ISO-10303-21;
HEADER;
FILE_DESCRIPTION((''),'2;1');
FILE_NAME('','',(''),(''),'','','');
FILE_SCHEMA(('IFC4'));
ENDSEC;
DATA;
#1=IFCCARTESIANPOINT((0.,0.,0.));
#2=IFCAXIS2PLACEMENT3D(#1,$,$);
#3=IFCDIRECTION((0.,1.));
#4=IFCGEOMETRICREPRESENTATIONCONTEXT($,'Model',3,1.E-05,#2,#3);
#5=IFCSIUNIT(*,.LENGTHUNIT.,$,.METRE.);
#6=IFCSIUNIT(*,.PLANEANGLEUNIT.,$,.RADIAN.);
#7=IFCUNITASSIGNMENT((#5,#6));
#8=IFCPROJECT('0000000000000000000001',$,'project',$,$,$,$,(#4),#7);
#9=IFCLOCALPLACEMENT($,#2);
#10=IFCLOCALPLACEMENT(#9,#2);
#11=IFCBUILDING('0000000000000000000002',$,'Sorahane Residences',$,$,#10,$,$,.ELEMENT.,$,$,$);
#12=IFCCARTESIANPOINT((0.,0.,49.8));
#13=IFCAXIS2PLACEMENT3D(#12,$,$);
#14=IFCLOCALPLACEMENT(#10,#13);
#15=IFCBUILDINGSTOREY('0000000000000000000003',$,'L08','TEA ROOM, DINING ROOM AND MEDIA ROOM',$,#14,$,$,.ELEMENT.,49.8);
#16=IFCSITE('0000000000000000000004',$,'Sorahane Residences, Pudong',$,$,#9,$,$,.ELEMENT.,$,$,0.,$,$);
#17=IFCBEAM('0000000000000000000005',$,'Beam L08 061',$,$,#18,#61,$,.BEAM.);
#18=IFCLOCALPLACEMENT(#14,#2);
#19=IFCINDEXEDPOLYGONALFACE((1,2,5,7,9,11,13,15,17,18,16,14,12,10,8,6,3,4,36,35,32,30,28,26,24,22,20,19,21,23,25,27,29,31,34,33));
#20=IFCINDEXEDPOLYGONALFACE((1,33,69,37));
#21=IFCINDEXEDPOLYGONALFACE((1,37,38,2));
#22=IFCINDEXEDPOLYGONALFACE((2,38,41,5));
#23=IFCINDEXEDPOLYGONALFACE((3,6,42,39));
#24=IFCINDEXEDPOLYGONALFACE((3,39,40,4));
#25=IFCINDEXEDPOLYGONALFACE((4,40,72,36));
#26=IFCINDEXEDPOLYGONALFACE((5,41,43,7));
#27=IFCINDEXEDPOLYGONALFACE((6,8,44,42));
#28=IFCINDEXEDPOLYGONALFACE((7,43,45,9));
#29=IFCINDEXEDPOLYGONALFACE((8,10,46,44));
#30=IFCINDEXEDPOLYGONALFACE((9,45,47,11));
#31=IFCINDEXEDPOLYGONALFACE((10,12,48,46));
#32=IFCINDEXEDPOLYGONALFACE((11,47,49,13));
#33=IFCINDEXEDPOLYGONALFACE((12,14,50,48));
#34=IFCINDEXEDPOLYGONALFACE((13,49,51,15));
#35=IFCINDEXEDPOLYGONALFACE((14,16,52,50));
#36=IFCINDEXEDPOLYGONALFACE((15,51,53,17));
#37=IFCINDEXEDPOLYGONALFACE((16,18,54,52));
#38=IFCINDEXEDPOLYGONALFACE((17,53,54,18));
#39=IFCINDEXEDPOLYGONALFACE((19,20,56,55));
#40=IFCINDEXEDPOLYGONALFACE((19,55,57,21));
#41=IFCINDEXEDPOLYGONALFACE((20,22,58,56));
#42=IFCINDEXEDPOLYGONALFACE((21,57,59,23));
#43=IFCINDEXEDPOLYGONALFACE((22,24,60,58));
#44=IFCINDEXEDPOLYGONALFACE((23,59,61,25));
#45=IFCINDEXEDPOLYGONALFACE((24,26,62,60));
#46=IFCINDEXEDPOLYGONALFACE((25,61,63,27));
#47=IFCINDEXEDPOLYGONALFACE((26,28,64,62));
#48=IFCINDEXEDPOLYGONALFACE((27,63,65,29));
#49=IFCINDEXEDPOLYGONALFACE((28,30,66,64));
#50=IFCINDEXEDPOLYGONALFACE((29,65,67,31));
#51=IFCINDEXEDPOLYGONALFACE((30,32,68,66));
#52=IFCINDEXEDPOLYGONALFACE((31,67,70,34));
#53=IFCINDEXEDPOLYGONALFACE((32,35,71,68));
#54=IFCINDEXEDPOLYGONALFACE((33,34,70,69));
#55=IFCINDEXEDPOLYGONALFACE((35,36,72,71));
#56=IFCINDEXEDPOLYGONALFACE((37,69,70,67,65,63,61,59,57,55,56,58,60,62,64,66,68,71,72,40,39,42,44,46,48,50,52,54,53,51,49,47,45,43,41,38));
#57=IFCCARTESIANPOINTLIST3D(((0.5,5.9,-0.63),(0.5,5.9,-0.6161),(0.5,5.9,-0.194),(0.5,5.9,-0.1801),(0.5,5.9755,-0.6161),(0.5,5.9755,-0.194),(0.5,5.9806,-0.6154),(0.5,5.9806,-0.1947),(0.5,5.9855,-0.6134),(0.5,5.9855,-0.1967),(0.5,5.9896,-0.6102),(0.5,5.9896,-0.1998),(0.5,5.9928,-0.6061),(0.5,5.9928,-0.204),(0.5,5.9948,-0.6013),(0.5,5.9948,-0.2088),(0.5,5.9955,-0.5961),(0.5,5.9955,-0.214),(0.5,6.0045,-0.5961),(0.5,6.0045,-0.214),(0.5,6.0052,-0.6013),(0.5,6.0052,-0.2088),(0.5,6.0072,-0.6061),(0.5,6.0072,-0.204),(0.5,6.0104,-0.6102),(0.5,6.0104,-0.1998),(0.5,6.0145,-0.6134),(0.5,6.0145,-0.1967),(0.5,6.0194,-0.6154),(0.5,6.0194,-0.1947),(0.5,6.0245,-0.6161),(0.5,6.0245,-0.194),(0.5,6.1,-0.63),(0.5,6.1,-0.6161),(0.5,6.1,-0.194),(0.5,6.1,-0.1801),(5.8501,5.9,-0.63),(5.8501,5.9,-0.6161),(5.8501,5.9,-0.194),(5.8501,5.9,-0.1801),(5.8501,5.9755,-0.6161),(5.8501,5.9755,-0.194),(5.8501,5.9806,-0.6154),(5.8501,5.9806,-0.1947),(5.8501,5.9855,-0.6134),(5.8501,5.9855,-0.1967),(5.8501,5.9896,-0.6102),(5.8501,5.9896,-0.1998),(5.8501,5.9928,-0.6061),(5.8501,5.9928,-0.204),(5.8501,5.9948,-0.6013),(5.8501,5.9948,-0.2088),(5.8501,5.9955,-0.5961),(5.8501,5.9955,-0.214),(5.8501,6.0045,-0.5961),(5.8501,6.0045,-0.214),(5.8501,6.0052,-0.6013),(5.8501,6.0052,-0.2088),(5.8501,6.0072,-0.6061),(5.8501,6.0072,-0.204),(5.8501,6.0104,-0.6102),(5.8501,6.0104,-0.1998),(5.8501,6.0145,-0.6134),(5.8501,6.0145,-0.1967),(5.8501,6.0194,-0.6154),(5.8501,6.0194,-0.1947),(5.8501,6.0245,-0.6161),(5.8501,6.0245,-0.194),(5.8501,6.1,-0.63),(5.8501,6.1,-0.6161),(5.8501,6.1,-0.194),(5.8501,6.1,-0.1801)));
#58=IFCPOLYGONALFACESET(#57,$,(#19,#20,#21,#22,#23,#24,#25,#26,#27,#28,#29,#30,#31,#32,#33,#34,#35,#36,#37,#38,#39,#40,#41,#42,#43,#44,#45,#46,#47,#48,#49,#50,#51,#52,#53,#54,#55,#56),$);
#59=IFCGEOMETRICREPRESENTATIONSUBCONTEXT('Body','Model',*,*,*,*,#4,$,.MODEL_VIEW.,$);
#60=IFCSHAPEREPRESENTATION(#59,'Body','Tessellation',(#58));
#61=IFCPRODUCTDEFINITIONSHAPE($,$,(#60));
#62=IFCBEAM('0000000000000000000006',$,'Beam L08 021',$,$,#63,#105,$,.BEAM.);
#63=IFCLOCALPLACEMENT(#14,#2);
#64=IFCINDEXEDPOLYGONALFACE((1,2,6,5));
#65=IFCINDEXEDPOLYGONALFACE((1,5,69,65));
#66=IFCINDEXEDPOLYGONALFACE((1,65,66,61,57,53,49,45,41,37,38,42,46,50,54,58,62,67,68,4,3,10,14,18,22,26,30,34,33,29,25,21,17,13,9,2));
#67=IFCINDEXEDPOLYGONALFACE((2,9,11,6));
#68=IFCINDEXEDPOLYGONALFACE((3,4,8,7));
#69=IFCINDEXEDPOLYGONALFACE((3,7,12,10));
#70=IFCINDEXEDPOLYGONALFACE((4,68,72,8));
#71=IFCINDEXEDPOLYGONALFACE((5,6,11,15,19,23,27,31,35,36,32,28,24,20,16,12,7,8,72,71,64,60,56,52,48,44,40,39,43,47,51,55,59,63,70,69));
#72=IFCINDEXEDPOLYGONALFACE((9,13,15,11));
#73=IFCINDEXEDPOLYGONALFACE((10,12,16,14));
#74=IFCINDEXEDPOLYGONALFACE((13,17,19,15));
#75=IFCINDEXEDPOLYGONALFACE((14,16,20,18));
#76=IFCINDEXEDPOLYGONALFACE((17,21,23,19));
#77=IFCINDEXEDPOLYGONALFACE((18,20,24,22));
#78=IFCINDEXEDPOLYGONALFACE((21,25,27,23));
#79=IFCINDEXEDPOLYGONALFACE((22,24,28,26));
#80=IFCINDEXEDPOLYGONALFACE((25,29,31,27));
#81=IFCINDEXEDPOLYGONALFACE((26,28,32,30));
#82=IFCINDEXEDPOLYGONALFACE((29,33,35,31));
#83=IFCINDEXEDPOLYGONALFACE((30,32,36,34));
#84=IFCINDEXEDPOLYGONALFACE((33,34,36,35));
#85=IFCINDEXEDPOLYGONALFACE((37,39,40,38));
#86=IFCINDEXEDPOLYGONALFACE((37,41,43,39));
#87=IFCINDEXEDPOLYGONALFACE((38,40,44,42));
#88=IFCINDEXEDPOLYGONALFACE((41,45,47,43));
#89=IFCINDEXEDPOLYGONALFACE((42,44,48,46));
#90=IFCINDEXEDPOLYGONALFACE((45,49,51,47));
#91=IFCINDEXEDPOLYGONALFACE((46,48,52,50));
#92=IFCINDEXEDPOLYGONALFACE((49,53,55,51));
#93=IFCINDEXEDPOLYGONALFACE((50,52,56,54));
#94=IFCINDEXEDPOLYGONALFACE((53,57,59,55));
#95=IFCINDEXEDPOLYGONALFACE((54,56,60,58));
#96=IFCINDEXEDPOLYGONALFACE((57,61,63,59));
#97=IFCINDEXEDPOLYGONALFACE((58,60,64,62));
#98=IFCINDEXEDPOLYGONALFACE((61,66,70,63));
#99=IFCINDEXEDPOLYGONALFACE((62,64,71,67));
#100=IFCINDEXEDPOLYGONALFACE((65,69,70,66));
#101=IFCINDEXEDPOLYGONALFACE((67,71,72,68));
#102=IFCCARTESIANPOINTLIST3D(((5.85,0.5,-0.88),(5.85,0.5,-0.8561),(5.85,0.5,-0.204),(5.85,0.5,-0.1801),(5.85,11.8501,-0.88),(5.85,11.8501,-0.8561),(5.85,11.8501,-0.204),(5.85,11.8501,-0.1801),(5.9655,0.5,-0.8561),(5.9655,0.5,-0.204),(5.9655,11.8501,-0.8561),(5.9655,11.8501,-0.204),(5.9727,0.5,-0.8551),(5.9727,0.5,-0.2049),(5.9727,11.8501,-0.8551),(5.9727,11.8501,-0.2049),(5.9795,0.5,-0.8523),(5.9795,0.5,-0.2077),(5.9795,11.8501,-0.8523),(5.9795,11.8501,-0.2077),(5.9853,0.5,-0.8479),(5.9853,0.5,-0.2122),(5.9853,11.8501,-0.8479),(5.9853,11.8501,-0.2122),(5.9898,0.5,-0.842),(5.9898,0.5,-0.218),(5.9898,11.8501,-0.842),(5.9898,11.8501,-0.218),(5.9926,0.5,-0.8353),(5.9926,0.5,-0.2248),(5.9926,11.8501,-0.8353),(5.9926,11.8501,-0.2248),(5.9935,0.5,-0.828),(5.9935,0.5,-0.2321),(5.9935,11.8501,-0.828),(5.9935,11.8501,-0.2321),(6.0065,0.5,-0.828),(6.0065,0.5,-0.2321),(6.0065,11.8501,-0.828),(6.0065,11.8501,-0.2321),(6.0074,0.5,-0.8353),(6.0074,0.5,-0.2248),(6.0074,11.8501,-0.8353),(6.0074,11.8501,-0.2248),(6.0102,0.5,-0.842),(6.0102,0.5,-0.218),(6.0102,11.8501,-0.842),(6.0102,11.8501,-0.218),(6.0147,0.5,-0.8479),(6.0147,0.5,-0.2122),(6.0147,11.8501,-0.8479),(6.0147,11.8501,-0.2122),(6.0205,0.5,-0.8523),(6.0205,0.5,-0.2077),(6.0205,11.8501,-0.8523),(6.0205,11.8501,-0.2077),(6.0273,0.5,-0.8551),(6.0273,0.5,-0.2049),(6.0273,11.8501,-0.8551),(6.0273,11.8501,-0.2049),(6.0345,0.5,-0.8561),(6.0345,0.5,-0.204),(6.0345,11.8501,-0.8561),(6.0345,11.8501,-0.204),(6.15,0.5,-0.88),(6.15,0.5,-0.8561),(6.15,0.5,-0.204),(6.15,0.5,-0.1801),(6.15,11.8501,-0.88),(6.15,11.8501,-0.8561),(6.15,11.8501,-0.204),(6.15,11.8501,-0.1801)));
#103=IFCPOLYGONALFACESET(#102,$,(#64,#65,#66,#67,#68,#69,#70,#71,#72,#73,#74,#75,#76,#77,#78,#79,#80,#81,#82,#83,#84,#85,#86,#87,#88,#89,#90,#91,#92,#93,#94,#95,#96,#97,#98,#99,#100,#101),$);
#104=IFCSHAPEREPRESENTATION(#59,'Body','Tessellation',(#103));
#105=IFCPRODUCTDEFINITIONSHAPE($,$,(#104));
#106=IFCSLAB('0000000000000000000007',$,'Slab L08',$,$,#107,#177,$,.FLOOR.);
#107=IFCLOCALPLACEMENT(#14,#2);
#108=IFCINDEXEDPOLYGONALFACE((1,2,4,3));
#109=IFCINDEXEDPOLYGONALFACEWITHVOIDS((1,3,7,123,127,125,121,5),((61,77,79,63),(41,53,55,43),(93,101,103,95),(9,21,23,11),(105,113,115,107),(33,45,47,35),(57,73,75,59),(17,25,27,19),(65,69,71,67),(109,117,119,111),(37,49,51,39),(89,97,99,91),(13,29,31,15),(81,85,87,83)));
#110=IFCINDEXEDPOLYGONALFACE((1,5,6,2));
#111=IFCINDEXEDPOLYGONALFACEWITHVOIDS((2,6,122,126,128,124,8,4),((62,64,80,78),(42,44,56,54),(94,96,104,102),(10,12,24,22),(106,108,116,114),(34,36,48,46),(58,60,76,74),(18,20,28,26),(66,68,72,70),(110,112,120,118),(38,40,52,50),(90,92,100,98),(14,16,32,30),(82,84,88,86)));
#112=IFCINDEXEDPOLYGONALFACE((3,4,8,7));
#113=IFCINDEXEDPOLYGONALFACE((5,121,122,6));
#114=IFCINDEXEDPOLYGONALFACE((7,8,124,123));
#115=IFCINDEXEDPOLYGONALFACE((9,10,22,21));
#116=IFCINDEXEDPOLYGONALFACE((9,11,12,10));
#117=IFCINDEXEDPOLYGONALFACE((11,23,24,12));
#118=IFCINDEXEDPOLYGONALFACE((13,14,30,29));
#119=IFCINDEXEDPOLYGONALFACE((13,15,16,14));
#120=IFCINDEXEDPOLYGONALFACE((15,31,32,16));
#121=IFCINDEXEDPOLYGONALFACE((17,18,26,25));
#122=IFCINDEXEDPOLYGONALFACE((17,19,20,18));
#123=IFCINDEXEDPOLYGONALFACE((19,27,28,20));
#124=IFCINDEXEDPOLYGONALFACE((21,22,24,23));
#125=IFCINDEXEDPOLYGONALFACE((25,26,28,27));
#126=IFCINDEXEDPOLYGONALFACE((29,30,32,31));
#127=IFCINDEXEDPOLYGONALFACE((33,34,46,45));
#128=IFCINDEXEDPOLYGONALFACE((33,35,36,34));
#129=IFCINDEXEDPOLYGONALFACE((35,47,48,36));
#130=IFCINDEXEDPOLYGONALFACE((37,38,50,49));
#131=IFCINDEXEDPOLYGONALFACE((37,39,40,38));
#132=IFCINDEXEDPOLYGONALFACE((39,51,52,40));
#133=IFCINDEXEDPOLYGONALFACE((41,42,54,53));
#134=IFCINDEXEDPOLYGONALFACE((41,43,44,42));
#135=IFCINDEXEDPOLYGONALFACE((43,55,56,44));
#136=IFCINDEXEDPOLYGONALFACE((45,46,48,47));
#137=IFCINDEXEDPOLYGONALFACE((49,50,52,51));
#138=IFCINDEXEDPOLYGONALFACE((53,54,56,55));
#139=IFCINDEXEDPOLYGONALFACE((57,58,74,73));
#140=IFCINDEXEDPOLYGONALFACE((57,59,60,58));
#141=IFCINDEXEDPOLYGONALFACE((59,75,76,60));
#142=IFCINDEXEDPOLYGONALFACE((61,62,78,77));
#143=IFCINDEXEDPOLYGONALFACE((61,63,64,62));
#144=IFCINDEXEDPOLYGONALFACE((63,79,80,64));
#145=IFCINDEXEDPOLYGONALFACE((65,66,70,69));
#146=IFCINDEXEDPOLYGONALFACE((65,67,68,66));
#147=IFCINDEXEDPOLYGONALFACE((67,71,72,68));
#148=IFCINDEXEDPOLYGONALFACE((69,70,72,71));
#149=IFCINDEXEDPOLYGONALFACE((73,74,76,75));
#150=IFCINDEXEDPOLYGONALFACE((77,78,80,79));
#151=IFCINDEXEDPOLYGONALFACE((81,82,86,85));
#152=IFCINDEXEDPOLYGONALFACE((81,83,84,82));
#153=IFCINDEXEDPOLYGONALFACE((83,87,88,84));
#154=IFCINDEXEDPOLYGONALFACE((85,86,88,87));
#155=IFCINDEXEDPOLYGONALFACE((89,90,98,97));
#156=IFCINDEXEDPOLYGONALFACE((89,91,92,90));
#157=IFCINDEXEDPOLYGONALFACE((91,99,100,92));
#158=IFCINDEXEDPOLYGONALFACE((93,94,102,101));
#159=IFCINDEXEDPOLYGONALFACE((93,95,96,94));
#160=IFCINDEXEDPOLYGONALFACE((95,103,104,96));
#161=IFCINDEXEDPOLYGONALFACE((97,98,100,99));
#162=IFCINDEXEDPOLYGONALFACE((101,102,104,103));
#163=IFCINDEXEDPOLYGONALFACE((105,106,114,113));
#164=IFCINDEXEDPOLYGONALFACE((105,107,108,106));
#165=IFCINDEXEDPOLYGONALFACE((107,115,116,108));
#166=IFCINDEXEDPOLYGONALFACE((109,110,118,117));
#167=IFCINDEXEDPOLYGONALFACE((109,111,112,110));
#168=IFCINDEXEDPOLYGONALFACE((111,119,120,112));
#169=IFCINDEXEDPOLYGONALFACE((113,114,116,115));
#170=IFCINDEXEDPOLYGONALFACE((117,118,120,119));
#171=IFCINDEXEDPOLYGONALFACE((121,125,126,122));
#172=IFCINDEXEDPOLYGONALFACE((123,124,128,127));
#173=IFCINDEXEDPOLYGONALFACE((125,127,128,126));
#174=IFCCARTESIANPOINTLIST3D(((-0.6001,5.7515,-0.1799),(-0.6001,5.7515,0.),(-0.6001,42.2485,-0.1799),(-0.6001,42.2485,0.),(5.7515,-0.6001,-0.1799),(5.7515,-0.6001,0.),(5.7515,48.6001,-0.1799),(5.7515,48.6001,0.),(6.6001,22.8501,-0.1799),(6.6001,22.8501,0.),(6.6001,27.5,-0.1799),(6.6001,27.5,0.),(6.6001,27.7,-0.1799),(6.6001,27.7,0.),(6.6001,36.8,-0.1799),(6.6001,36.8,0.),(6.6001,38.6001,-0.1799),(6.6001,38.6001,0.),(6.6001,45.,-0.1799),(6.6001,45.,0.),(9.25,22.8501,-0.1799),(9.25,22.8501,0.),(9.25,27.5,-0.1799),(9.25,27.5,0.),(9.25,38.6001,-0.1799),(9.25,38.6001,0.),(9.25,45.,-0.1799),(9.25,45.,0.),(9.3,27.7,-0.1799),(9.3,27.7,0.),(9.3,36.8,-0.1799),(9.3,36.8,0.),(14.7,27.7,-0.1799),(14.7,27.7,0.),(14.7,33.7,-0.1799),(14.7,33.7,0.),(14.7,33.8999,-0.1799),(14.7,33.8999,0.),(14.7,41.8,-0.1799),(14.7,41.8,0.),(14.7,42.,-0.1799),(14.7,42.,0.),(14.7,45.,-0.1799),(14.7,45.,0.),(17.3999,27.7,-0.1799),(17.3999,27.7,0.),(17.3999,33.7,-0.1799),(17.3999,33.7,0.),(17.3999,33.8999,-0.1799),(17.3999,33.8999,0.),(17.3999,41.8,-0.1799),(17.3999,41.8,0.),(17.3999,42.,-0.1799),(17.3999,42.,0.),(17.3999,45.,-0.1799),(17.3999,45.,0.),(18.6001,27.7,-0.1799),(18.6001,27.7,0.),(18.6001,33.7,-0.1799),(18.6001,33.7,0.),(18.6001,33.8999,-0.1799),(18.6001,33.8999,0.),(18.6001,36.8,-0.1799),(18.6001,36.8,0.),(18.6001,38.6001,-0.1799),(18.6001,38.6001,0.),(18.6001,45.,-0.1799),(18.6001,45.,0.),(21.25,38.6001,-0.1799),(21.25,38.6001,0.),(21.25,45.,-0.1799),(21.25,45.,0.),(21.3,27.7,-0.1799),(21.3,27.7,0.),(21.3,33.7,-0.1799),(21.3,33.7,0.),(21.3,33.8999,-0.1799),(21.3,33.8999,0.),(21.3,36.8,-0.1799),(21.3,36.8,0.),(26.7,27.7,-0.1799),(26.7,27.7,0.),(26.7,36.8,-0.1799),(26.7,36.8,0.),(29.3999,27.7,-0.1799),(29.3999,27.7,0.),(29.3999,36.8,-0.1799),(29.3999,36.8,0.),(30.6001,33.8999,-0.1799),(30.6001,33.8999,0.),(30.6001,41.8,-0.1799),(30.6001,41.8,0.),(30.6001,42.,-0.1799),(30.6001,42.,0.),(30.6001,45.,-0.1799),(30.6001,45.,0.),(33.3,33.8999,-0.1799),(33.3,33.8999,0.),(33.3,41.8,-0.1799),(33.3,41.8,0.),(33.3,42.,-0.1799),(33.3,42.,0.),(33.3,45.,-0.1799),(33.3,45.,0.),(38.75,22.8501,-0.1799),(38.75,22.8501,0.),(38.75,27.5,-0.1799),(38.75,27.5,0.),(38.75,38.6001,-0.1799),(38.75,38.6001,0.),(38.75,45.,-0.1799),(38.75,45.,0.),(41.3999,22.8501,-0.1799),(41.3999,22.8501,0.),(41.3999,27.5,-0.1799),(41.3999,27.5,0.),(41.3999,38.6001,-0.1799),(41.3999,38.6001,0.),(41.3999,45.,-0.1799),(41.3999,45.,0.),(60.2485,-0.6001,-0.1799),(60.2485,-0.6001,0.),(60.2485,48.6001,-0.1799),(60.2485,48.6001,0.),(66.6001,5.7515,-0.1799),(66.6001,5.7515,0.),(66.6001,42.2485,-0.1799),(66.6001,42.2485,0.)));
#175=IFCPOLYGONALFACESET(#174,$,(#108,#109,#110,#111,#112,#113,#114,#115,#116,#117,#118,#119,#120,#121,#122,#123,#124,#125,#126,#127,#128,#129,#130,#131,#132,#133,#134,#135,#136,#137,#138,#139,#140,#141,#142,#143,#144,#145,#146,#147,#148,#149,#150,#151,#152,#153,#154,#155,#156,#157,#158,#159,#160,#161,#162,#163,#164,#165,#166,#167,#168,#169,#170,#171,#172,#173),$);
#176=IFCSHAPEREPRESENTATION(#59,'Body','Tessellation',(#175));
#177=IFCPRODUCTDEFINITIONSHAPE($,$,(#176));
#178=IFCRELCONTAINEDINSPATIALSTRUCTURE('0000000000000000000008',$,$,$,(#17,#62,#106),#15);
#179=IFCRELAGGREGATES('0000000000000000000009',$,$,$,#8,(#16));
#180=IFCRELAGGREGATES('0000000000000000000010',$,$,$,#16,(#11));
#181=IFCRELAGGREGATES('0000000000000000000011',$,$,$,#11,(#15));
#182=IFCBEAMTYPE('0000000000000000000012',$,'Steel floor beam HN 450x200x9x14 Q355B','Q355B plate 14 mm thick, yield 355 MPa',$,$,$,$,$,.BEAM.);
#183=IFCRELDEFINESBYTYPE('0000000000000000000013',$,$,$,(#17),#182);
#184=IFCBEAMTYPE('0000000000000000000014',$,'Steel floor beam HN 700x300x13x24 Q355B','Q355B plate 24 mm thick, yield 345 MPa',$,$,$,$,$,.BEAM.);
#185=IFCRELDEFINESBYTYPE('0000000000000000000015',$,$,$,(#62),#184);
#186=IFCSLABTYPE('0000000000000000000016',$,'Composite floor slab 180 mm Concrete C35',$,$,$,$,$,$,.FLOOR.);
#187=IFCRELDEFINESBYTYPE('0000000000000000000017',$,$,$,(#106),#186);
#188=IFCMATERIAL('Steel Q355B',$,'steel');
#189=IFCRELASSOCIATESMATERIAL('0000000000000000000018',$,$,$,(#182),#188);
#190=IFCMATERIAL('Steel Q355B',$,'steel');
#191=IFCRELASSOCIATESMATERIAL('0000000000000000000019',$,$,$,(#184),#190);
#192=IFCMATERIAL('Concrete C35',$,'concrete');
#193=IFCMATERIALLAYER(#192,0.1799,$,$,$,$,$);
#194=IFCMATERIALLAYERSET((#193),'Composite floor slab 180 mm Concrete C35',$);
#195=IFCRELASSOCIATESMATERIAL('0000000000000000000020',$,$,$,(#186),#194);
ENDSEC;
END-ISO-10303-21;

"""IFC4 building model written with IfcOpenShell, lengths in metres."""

from ifc_helpers import new_model, si_unit, direction, frame, origin, origin_2d, place, context, subcontext, project, spatial, polyline, i_section, outline, extrude, material, layer, layer_set, material_profile, profile_set, type_object, element, save


model = new_model("IFC4")

# Units and contexts
model_context = context("Model", 3, precision=1e-05, world=origin(), true_north=direction((0.0, 1.0)))
body_context = subcontext(model_context, "Body", "Model", "MODEL_VIEW")
ifc_project = project(units=[si_unit("LENGTHUNIT", "METRE"), si_unit("PLANEANGLEUNIT", "RADIAN")], contexts=[model_context])

# Site, building, storey
site_placement = place(None, origin())
site = spatial("IfcSite", under=ifc_project, at=site_placement, Name="Sorahane Residences, Pudong", CompositionType="ELEMENT", RefElevation=0.0)
building_placement = place(site_placement, origin())
building = spatial("IfcBuilding", under=site, at=building_placement, Name="Sorahane Residences", CompositionType="ELEMENT")
storey_placement = place(building_placement, frame((0.0, 0.0, 49.8)))
storey = spatial("IfcBuildingStorey", under=building, at=storey_placement, Name="L08", Description="TEA ROOM, DINING ROOM AND MEDIA ROOM", CompositionType="ELEMENT", Elevation=49.8)

# Beams
ifc_material_1 = material(Name="Steel Q355B", Category="steel")
ifc_material_profile_1 = material_profile(ifc_material_1, i_section(OverallWidth=0.2, OverallDepth=0.45, WebThickness=0.009, FlangeThickness=0.0139, FilletRadius=0.02, at=origin_2d()), Name="HN 450x200x9x14")
ifc_profile_set_1 = profile_set([ifc_material_profile_1], Name="Steel Q355B")
beam_type_1 = type_object("IfcBeamType", Name="Steel floor beam HN 450x200x9x14 Q355B", Description="Q355B plate 14 mm thick, yield 355 MPa", PredefinedType="BEAM", material=ifc_profile_set_1)
beam_1_placement = place(storey_placement, frame((0.5, 6.0, -0.405), z_axis=(1.0, 0.0, 0.0), x_axis=(0.0, 1.0, 0.0)))
element("IfcBeam", 1, at=beam_1_placement, inside=storey, type_object=beam_type_1, Name="Beam L08 061", PredefinedType="BEAM", context=body_context, shape_type="SweptSolid", body=[
    extrude(i_section(OverallWidth=0.2, OverallDepth=0.45, WebThickness=0.009, FlangeThickness=0.0139, FilletRadius=0.02, at=origin_2d()), origin(), (0.0, 0.0, 1.0), 5.3501),
])
ifc_material_2 = material(Name="Steel Q355B", Category="steel")
ifc_material_profile_2 = material_profile(ifc_material_2, i_section(OverallWidth=0.3, OverallDepth=0.7, WebThickness=0.0129, FlangeThickness=0.0239, FilletRadius=0.0281, at=origin_2d()), Name="HN 700x300x13x24")
ifc_profile_set_2 = profile_set([ifc_material_profile_2], Name="Steel Q355B")
beam_type_2 = type_object("IfcBeamType", Name="Steel floor beam HN 700x300x13x24 Q355B", Description="Q355B plate 24 mm thick, yield 345 MPa", PredefinedType="BEAM", material=ifc_profile_set_2)
beam_2_placement = place(storey_placement, frame((6.0, 0.5, -0.53), z_axis=(0.0, 1.0, 0.0), x_axis=(-1.0, 0.0, 0.0)))
element("IfcBeam", 2, at=beam_2_placement, inside=storey, type_object=beam_type_2, Name="Beam L08 021", PredefinedType="BEAM", context=body_context, shape_type="SweptSolid", body=[
    extrude(i_section(OverallWidth=0.3, OverallDepth=0.7, WebThickness=0.0129, FlangeThickness=0.0239, FilletRadius=0.0281, at=origin_2d()), origin(), (0.0, 0.0, 1.0), 11.3501),
])

# Slab
ifc_material_3 = material(Name="Concrete C35", Category="concrete")
ifc_layer_1 = layer(ifc_material_3, 0.1799)
ifc_layer_set_1 = layer_set([ifc_layer_1], Name="Composite floor slab 180 mm Concrete C35")
slab_type_1 = type_object("IfcSlabType", Name="Composite floor slab 180 mm Concrete C35", PredefinedType="FLOOR", material=ifc_layer_set_1)
slab_1_placement = place(storey_placement, frame((0.0, 0.0, -0.1799)))
element("IfcSlab", 3, at=slab_1_placement, inside=storey, type_object=slab_type_1, Name="Slab L08", PredefinedType="FLOOR", context=body_context, shape_type="SweptSolid", body=[
    extrude(outline(polyline([(5.7515, -0.6001), (-0.6001, 5.7515), (-0.6001, 42.2485), (5.7515, 48.6001), (60.2485, 48.6001), (66.6001, 42.2485), (66.6001, 5.7515), (60.2485, -0.6001), (5.7515, -0.6001)]), holes=[polyline([(18.6001, 27.7), (21.3, 27.7), (21.3, 33.7), (18.6001, 33.7), (18.6001, 27.7)]), polyline([(30.6001, 42.0), (33.3, 42.0), (33.3, 45.0), (30.6001, 45.0), (30.6001, 42.0)]), polyline([(14.7, 27.7), (17.3999, 27.7), (17.3999, 33.7), (14.7, 33.7), (14.7, 27.7)]), polyline([(14.7, 42.0), (17.3999, 42.0), (17.3999, 45.0), (14.7, 45.0), (14.7, 42.0)]), polyline([(6.6001, 27.7), (9.3, 27.7), (9.3, 36.8), (6.6001, 36.8), (6.6001, 27.7)]), polyline([(9.25, 38.6001), (9.25, 45.0), (6.6001, 45.0), (6.6001, 38.6001), (9.25, 38.6001)]), polyline([(41.3999, 38.6001), (41.3999, 45.0), (38.75, 45.0), (38.75, 38.6001), (41.3999, 38.6001)]), polyline([(21.25, 38.6001), (21.25, 45.0), (18.6001, 45.0), (18.6001, 38.6001), (21.25, 38.6001)]), polyline([(9.25, 22.8501), (9.25, 27.5), (6.6001, 27.5), (6.6001, 22.8501), (9.25, 22.8501)]), polyline([(41.3999, 22.8501), (41.3999, 27.5), (38.75, 27.5), (38.75, 22.8501), (41.3999, 22.8501)]), polyline([(14.7, 33.8999), (17.3999, 33.8999), (17.3999, 41.8), (14.7, 41.8), (14.7, 33.8999)]), polyline([(30.6001, 33.8999), (33.3, 33.8999), (33.3, 41.8), (30.6001, 41.8), (30.6001, 33.8999)]), polyline([(18.6001, 33.8999), (21.3, 33.8999), (21.3, 36.8), (18.6001, 36.8), (18.6001, 33.8999)]), polyline([(26.7, 27.7), (29.3999, 27.7), (29.3999, 36.8), (26.7, 36.8), (26.7, 27.7)])]), origin(), (0.0, 0.0, 1.0), 0.1799),
])

save(model, "model.ifc")
